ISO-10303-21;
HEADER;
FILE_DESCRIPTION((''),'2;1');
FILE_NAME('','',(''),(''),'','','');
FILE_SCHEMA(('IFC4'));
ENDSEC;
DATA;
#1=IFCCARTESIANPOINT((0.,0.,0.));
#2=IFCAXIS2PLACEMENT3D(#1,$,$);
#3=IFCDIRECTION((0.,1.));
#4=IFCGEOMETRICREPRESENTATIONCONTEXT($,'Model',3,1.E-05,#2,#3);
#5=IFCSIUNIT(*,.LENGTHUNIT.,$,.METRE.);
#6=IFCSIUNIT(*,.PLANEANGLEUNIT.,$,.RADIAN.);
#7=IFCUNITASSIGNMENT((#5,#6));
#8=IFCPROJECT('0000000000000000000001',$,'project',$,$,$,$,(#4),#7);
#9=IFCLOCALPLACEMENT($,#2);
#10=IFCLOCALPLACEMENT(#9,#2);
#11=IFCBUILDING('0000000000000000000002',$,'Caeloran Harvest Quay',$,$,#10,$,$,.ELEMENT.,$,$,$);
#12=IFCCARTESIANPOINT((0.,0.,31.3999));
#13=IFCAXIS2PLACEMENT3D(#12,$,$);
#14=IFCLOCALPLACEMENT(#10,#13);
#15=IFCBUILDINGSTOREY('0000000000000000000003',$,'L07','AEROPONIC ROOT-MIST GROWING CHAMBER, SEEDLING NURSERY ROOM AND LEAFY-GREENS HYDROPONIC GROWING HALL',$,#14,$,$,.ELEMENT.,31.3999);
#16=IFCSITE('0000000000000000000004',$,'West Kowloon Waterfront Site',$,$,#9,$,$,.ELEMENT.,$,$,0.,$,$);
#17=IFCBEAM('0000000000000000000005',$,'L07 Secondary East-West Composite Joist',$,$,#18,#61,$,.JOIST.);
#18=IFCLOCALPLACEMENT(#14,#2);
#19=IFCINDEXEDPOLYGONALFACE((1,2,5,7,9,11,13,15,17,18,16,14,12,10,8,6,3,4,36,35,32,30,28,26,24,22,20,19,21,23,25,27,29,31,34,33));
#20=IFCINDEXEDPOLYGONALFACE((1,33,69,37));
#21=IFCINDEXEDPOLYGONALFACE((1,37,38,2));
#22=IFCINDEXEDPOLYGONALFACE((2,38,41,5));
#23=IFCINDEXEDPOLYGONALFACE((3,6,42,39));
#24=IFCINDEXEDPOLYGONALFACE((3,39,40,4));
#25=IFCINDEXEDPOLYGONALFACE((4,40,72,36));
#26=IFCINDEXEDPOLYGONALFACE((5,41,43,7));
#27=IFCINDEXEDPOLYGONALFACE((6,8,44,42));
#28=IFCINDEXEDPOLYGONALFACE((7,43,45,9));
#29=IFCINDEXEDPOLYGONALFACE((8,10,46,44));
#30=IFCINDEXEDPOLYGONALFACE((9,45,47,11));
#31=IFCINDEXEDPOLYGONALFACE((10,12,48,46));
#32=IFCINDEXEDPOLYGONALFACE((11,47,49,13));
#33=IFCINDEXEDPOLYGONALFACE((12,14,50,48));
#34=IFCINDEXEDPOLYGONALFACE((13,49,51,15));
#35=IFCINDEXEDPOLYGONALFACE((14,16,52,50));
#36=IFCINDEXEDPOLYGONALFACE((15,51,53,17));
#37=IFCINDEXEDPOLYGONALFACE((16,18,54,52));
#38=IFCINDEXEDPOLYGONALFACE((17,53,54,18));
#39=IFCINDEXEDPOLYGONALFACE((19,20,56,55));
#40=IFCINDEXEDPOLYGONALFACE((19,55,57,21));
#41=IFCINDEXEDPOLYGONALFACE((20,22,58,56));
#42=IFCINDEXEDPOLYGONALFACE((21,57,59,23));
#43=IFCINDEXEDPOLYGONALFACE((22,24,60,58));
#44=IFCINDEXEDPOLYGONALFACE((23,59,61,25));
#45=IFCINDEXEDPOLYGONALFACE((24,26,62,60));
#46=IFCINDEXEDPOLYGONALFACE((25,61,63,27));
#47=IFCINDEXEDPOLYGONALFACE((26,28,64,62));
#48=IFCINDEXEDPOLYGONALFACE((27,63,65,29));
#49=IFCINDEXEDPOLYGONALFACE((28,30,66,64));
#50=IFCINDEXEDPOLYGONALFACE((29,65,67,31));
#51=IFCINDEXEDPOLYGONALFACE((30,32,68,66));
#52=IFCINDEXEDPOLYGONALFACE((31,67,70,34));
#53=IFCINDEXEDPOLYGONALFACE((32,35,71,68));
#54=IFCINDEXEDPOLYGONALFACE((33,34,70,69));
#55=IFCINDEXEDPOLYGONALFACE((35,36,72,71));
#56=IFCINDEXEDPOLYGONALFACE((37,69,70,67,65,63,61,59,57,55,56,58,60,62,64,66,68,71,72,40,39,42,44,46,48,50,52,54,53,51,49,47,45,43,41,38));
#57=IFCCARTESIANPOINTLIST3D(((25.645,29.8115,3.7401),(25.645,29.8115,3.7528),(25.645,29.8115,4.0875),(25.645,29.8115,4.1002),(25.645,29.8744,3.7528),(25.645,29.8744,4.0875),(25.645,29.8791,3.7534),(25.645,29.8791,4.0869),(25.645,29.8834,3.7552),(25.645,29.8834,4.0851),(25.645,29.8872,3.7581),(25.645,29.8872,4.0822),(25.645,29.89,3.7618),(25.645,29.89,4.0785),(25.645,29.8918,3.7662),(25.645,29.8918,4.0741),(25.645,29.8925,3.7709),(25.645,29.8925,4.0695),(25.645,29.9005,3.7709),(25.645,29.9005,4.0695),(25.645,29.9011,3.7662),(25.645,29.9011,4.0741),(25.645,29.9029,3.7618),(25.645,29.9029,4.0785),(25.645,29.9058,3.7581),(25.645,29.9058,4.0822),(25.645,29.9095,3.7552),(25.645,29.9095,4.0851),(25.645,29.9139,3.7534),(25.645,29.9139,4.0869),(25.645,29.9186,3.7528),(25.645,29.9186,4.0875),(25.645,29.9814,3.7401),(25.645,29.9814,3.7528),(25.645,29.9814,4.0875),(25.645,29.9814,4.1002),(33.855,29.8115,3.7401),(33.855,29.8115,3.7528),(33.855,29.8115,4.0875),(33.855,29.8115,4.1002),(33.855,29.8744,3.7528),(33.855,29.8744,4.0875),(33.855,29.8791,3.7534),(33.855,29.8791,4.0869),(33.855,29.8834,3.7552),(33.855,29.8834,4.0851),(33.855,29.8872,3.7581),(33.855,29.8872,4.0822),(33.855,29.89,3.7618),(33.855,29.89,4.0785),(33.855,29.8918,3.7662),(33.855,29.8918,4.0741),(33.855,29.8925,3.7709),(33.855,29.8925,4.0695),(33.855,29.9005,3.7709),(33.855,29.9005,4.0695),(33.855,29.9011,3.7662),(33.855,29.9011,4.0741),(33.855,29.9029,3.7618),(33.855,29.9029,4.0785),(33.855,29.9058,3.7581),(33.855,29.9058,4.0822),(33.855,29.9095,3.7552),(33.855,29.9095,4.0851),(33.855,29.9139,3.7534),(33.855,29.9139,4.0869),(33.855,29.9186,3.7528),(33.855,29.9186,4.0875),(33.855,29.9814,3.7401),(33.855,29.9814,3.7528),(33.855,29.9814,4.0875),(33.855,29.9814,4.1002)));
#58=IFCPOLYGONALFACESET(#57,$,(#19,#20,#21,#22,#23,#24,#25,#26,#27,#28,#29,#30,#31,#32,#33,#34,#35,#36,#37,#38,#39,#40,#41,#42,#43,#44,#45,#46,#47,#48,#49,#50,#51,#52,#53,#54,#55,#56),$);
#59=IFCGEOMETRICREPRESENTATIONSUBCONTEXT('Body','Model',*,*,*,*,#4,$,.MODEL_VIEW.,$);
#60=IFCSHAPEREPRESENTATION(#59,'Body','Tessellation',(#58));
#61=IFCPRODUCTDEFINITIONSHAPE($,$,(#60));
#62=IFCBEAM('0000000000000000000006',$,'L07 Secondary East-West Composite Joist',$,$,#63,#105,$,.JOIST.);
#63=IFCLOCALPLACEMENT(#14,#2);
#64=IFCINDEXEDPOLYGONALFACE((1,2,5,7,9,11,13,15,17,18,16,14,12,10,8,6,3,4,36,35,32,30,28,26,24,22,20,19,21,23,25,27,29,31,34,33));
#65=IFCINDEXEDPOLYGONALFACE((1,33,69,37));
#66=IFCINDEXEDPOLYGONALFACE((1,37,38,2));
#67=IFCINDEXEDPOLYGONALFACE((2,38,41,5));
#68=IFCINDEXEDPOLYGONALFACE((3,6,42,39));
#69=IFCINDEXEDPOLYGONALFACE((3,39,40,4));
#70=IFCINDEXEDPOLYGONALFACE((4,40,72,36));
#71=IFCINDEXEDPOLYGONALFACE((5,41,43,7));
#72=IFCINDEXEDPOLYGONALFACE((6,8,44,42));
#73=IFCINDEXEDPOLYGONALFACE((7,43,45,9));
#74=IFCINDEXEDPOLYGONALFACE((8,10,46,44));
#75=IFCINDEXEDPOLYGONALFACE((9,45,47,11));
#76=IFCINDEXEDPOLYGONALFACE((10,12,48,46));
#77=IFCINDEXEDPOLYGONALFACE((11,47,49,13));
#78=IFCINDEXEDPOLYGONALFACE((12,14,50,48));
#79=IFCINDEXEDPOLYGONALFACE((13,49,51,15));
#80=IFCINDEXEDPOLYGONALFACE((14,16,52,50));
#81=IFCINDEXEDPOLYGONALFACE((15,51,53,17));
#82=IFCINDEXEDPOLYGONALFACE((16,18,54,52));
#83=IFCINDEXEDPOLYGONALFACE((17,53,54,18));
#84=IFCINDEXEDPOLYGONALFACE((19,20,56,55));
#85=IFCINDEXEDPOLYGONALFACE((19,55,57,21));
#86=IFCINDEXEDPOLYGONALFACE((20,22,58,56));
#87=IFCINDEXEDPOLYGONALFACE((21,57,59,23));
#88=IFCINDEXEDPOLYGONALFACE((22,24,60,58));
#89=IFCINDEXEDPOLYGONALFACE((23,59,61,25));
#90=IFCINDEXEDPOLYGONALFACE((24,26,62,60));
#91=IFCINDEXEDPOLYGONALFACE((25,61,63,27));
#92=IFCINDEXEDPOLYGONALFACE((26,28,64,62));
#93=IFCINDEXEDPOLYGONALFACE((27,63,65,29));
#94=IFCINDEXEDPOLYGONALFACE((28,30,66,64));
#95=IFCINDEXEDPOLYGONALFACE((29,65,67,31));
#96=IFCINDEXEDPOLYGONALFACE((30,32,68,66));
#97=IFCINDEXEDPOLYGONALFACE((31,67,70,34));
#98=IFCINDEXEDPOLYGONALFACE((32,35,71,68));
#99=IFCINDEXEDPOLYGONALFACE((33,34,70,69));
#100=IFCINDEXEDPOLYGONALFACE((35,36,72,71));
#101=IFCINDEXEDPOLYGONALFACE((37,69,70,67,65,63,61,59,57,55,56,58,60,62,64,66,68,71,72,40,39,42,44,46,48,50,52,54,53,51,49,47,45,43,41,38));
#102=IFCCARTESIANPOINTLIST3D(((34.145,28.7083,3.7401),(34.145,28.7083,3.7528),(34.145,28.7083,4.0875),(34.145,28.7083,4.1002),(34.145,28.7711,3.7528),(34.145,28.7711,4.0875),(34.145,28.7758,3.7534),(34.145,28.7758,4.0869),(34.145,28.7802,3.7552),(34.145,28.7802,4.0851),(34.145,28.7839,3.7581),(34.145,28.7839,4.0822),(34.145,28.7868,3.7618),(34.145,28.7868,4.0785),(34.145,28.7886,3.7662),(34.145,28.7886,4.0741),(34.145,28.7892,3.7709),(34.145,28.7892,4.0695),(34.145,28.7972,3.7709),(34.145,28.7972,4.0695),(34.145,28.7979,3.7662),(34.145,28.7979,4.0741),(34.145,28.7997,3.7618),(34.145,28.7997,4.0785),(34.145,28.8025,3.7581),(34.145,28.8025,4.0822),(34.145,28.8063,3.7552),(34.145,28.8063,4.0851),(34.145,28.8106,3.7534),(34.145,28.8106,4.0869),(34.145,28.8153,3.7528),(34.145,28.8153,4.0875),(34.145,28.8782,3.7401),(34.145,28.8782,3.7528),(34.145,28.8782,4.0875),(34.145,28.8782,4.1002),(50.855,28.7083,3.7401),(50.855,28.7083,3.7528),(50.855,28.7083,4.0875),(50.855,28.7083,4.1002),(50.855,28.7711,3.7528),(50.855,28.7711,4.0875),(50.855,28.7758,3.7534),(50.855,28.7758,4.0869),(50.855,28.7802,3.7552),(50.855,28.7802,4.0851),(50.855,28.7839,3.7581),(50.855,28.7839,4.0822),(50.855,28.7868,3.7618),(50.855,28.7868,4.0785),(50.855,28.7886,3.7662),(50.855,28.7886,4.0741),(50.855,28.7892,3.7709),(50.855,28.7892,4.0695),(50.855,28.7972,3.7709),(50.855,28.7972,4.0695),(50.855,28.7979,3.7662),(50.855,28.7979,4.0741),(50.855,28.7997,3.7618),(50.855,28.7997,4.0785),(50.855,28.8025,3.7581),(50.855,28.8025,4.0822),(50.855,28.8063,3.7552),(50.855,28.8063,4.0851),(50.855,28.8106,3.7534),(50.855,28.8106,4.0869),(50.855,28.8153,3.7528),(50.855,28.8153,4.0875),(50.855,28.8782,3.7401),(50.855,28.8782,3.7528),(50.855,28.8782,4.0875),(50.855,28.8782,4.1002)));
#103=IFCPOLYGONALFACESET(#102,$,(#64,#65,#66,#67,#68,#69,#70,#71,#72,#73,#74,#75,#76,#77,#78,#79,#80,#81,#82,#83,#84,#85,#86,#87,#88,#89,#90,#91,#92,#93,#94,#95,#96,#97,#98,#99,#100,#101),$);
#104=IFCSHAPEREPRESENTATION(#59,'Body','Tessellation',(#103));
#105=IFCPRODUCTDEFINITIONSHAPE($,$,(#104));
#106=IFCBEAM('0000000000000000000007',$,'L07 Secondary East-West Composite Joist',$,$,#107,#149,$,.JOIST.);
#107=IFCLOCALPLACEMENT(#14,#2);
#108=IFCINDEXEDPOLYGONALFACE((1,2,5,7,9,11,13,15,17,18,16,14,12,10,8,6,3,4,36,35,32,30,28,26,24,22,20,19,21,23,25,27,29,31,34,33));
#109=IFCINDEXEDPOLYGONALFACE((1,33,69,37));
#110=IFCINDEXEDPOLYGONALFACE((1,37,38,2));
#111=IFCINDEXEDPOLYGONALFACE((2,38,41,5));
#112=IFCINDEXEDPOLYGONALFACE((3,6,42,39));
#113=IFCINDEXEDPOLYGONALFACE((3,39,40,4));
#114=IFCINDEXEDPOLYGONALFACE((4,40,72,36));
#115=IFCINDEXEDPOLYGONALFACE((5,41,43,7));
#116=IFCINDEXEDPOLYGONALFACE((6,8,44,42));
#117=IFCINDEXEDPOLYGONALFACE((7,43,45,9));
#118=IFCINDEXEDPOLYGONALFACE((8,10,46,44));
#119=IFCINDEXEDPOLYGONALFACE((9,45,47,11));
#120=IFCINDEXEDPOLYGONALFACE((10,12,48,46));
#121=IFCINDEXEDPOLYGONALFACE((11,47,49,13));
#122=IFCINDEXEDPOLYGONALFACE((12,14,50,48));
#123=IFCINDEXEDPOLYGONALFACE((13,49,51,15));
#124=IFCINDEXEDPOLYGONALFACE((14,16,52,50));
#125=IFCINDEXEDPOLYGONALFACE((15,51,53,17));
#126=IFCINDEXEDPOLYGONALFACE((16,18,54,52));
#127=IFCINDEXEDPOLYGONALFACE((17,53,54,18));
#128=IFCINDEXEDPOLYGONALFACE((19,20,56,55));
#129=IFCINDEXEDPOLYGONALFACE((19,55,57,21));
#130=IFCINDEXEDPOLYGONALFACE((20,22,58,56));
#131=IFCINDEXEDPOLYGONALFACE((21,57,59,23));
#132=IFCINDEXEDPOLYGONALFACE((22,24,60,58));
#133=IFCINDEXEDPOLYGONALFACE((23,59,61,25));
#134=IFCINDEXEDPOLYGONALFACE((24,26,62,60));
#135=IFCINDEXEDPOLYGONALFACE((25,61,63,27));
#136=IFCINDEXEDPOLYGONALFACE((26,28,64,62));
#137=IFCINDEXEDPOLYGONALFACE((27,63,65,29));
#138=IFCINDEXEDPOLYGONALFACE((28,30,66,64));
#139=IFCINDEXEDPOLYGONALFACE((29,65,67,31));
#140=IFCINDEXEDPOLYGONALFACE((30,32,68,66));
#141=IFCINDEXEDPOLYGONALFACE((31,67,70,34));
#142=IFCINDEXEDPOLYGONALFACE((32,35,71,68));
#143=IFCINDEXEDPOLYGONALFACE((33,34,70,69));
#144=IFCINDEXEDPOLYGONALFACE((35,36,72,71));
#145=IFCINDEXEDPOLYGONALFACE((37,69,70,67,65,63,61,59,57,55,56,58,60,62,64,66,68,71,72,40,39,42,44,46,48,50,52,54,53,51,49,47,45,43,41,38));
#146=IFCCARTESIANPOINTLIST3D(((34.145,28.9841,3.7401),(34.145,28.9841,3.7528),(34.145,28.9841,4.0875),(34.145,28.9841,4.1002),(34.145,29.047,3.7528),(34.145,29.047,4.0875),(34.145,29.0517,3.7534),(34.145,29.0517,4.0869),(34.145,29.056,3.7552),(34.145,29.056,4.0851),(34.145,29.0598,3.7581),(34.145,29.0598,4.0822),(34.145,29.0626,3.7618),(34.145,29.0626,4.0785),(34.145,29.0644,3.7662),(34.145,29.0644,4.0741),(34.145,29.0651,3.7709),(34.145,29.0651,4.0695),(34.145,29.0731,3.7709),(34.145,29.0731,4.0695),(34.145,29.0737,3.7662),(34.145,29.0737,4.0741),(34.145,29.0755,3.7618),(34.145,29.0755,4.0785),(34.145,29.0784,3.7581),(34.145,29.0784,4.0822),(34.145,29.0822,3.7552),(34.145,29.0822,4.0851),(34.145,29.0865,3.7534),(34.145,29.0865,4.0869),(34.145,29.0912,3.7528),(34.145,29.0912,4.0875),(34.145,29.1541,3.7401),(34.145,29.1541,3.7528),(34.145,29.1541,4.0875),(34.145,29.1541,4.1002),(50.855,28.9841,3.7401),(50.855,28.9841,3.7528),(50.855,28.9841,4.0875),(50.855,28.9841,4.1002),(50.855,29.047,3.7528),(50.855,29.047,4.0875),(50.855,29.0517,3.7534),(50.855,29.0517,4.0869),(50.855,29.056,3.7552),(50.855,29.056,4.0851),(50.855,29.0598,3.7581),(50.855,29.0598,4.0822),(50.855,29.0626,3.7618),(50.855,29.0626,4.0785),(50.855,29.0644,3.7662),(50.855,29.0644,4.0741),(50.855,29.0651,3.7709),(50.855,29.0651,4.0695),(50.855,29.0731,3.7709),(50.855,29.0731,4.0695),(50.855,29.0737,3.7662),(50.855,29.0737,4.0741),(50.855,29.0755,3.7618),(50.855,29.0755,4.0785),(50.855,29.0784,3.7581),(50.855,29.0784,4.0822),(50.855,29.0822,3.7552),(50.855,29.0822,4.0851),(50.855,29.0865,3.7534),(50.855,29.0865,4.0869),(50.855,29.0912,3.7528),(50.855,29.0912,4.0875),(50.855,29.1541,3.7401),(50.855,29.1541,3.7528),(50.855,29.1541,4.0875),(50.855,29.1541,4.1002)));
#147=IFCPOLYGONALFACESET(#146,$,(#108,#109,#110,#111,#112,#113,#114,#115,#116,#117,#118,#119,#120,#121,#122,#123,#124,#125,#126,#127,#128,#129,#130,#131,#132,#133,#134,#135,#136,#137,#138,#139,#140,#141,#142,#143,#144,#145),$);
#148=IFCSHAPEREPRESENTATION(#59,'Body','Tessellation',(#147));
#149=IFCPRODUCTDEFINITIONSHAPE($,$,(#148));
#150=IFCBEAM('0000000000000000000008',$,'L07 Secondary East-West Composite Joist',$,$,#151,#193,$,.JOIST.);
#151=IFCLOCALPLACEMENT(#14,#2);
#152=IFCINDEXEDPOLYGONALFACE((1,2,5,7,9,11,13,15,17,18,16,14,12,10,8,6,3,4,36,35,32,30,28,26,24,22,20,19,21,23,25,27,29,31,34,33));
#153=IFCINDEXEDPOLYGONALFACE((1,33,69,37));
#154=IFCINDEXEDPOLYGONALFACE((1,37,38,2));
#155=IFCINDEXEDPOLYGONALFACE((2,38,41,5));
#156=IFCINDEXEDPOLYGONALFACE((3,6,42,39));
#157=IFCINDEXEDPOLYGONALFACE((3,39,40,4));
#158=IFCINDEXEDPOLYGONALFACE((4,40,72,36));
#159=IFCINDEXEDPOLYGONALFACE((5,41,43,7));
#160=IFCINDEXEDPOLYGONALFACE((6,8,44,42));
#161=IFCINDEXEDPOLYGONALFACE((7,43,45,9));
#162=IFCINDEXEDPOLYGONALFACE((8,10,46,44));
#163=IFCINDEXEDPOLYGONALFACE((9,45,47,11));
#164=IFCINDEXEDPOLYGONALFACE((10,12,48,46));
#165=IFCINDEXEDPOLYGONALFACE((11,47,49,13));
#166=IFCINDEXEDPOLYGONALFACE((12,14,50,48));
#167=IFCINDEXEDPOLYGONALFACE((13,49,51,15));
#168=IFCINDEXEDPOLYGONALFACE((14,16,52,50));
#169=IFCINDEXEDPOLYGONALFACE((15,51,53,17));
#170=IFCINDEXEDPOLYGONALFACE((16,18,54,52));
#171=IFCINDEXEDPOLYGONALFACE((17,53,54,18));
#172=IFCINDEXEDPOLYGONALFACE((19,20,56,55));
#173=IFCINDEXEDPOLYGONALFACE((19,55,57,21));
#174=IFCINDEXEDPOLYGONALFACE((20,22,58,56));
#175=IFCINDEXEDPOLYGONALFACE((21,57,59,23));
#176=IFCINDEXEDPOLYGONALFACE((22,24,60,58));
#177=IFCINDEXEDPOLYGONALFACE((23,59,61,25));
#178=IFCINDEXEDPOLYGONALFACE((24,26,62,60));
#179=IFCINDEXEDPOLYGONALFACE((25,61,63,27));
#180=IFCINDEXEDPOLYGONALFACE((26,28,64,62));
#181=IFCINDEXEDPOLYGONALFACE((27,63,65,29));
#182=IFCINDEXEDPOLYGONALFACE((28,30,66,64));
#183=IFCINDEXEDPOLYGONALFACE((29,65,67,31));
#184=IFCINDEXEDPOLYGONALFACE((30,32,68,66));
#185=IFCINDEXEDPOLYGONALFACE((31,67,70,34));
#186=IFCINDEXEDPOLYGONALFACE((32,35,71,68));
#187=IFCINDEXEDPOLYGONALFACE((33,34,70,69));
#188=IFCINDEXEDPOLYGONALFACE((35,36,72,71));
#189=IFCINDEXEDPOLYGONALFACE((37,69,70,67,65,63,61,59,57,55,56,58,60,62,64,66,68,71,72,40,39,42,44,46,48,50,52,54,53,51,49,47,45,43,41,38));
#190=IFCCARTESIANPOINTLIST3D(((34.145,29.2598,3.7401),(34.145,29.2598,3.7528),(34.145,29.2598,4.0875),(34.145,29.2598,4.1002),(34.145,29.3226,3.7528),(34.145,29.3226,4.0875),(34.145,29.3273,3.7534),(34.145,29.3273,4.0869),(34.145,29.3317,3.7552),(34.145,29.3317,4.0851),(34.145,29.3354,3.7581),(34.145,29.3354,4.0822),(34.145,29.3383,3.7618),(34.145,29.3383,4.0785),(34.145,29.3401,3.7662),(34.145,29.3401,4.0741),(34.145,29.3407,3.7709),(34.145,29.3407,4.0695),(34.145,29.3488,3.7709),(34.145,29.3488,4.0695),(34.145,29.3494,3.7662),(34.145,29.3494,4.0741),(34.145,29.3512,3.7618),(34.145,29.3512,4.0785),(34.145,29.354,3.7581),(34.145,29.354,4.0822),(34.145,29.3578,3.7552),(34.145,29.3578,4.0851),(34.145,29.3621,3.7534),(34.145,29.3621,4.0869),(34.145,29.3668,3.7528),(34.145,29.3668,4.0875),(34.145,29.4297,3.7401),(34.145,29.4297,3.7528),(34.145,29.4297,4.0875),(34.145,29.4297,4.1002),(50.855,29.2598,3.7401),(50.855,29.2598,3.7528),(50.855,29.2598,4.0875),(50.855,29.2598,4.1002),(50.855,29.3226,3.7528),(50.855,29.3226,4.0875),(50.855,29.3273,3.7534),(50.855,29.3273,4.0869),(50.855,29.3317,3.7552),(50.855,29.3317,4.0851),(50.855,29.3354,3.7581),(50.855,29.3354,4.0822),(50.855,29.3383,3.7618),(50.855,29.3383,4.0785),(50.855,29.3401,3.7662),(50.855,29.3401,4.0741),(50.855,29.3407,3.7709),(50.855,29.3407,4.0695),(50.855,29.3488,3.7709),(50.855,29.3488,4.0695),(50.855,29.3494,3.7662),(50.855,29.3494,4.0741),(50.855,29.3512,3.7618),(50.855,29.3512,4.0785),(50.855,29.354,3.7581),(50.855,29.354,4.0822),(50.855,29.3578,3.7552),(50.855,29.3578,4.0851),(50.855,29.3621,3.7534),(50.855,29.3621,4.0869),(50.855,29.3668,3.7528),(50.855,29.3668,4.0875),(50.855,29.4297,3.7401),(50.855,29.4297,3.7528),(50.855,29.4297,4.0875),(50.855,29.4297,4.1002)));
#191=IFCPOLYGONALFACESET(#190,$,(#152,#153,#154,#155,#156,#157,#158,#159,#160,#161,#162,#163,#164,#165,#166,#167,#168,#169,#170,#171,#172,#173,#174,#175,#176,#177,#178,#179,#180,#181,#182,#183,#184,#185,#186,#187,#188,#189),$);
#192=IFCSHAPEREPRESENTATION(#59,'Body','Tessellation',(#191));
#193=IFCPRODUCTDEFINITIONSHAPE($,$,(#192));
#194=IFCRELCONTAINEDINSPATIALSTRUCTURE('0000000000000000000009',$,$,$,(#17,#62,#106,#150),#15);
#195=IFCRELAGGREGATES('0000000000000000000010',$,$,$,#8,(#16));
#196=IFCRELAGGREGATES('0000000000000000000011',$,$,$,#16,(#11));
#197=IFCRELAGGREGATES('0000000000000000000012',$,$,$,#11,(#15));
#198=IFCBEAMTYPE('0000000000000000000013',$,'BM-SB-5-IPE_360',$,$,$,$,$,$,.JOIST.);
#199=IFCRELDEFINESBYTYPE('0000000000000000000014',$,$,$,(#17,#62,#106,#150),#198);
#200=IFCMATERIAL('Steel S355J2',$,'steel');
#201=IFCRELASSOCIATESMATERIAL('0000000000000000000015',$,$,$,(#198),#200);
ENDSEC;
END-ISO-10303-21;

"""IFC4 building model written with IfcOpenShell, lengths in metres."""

from ifc_helpers import new_model, si_unit, direction, frame, origin, origin_2d, place, context, subcontext, project, spatial, i_section, extrude, material, material_profile, profile_set, type_object, element, save


model = new_model("IFC4")

# Units and contexts
model_context = context("Model", 3, precision=1e-05, world=origin(), true_north=direction((0.0, 1.0)))
body_context = subcontext(model_context, "Body", "Model", "MODEL_VIEW")
ifc_project = project(units=[si_unit("LENGTHUNIT", "METRE"), si_unit("PLANEANGLEUNIT", "RADIAN")], contexts=[model_context])

# Site, building, storey
site_placement = place(None, origin())
site = spatial("IfcSite", under=ifc_project, at=site_placement, Name="West Kowloon Waterfront Site", CompositionType="ELEMENT", RefElevation=0.0)
building_placement = place(site_placement, origin())
building = spatial("IfcBuilding", under=site, at=building_placement, Name="Caeloran Harvest Quay", CompositionType="ELEMENT")
storey_placement = place(building_placement, frame((0.0, 0.0, 31.3999)))
storey = spatial("IfcBuildingStorey", under=building, at=storey_placement, Name="L07", Description="AEROPONIC ROOT-MIST GROWING CHAMBER, SEEDLING NURSERY ROOM AND LEAFY-GREENS HYDROPONIC GROWING HALL", CompositionType="ELEMENT", Elevation=31.3999)

# Beams
ifc_material_1 = material(Name="Steel S355J2", Category="steel")
ifc_material_profile_1 = material_profile(ifc_material_1, i_section(OverallWidth=0.1699, OverallDepth=0.3601, WebThickness=0.0081, FlangeThickness=0.0127, FilletRadius=0.0181, at=origin_2d()), Name="IPE 360")
ifc_profile_set_1 = profile_set([ifc_material_profile_1], Name="Steel S355J2")
beam_type_1 = type_object("IfcBeamType", Name="BM-SB-5-IPE_360", PredefinedType="JOIST", material=ifc_profile_set_1)
for number, where, z_axis, x_axis, name in (
    (1, (25.645, 29.8965, 3.9202), (1.0, 0.0, 0.0), (0.0, 1.0, 0.0), "L07 Secondary East-West Composite Joist"),
):
    element("IfcBeam", number, at=place(storey_placement, frame(where, z_axis=z_axis, x_axis=x_axis)), inside=storey, type_object=beam_type_1, Name=name, PredefinedType="JOIST", context=body_context, shape_type="SweptSolid", body=[
        extrude(i_section(OverallWidth=0.1699, OverallDepth=0.3601, WebThickness=0.0081, FlangeThickness=0.0127, FilletRadius=0.0181, at=origin_2d()), origin(), (0.0, 0.0, 1.0), 8.21),
    ])
for number, where, z_axis, x_axis, name in (
    (2, (34.145, 28.7932, 3.9202), (1.0, 0.0, 0.0), (0.0, 1.0, 0.0), "L07 Secondary East-West Composite Joist"),
    (3, (34.145, 29.0691, 3.9202), (1.0, 0.0, 0.0), (0.0, 1.0, 0.0), "L07 Secondary East-West Composite Joist"),
    (4, (34.145, 29.3447, 3.9202), (1.0, 0.0, 0.0), (0.0, 1.0, 0.0), "L07 Secondary East-West Composite Joist"),
):
    element("IfcBeam", number, at=place(storey_placement, frame(where, z_axis=z_axis, x_axis=x_axis)), inside=storey, type_object=beam_type_1, Name=name, PredefinedType="JOIST", context=body_context, shape_type="SweptSolid", body=[
        extrude(i_section(OverallWidth=0.1699, OverallDepth=0.3601, WebThickness=0.0081, FlangeThickness=0.0127, FilletRadius=0.0181, at=origin_2d()), origin(), (0.0, 0.0, 1.0), 16.71),
    ])

save(model, "model.ifc")
